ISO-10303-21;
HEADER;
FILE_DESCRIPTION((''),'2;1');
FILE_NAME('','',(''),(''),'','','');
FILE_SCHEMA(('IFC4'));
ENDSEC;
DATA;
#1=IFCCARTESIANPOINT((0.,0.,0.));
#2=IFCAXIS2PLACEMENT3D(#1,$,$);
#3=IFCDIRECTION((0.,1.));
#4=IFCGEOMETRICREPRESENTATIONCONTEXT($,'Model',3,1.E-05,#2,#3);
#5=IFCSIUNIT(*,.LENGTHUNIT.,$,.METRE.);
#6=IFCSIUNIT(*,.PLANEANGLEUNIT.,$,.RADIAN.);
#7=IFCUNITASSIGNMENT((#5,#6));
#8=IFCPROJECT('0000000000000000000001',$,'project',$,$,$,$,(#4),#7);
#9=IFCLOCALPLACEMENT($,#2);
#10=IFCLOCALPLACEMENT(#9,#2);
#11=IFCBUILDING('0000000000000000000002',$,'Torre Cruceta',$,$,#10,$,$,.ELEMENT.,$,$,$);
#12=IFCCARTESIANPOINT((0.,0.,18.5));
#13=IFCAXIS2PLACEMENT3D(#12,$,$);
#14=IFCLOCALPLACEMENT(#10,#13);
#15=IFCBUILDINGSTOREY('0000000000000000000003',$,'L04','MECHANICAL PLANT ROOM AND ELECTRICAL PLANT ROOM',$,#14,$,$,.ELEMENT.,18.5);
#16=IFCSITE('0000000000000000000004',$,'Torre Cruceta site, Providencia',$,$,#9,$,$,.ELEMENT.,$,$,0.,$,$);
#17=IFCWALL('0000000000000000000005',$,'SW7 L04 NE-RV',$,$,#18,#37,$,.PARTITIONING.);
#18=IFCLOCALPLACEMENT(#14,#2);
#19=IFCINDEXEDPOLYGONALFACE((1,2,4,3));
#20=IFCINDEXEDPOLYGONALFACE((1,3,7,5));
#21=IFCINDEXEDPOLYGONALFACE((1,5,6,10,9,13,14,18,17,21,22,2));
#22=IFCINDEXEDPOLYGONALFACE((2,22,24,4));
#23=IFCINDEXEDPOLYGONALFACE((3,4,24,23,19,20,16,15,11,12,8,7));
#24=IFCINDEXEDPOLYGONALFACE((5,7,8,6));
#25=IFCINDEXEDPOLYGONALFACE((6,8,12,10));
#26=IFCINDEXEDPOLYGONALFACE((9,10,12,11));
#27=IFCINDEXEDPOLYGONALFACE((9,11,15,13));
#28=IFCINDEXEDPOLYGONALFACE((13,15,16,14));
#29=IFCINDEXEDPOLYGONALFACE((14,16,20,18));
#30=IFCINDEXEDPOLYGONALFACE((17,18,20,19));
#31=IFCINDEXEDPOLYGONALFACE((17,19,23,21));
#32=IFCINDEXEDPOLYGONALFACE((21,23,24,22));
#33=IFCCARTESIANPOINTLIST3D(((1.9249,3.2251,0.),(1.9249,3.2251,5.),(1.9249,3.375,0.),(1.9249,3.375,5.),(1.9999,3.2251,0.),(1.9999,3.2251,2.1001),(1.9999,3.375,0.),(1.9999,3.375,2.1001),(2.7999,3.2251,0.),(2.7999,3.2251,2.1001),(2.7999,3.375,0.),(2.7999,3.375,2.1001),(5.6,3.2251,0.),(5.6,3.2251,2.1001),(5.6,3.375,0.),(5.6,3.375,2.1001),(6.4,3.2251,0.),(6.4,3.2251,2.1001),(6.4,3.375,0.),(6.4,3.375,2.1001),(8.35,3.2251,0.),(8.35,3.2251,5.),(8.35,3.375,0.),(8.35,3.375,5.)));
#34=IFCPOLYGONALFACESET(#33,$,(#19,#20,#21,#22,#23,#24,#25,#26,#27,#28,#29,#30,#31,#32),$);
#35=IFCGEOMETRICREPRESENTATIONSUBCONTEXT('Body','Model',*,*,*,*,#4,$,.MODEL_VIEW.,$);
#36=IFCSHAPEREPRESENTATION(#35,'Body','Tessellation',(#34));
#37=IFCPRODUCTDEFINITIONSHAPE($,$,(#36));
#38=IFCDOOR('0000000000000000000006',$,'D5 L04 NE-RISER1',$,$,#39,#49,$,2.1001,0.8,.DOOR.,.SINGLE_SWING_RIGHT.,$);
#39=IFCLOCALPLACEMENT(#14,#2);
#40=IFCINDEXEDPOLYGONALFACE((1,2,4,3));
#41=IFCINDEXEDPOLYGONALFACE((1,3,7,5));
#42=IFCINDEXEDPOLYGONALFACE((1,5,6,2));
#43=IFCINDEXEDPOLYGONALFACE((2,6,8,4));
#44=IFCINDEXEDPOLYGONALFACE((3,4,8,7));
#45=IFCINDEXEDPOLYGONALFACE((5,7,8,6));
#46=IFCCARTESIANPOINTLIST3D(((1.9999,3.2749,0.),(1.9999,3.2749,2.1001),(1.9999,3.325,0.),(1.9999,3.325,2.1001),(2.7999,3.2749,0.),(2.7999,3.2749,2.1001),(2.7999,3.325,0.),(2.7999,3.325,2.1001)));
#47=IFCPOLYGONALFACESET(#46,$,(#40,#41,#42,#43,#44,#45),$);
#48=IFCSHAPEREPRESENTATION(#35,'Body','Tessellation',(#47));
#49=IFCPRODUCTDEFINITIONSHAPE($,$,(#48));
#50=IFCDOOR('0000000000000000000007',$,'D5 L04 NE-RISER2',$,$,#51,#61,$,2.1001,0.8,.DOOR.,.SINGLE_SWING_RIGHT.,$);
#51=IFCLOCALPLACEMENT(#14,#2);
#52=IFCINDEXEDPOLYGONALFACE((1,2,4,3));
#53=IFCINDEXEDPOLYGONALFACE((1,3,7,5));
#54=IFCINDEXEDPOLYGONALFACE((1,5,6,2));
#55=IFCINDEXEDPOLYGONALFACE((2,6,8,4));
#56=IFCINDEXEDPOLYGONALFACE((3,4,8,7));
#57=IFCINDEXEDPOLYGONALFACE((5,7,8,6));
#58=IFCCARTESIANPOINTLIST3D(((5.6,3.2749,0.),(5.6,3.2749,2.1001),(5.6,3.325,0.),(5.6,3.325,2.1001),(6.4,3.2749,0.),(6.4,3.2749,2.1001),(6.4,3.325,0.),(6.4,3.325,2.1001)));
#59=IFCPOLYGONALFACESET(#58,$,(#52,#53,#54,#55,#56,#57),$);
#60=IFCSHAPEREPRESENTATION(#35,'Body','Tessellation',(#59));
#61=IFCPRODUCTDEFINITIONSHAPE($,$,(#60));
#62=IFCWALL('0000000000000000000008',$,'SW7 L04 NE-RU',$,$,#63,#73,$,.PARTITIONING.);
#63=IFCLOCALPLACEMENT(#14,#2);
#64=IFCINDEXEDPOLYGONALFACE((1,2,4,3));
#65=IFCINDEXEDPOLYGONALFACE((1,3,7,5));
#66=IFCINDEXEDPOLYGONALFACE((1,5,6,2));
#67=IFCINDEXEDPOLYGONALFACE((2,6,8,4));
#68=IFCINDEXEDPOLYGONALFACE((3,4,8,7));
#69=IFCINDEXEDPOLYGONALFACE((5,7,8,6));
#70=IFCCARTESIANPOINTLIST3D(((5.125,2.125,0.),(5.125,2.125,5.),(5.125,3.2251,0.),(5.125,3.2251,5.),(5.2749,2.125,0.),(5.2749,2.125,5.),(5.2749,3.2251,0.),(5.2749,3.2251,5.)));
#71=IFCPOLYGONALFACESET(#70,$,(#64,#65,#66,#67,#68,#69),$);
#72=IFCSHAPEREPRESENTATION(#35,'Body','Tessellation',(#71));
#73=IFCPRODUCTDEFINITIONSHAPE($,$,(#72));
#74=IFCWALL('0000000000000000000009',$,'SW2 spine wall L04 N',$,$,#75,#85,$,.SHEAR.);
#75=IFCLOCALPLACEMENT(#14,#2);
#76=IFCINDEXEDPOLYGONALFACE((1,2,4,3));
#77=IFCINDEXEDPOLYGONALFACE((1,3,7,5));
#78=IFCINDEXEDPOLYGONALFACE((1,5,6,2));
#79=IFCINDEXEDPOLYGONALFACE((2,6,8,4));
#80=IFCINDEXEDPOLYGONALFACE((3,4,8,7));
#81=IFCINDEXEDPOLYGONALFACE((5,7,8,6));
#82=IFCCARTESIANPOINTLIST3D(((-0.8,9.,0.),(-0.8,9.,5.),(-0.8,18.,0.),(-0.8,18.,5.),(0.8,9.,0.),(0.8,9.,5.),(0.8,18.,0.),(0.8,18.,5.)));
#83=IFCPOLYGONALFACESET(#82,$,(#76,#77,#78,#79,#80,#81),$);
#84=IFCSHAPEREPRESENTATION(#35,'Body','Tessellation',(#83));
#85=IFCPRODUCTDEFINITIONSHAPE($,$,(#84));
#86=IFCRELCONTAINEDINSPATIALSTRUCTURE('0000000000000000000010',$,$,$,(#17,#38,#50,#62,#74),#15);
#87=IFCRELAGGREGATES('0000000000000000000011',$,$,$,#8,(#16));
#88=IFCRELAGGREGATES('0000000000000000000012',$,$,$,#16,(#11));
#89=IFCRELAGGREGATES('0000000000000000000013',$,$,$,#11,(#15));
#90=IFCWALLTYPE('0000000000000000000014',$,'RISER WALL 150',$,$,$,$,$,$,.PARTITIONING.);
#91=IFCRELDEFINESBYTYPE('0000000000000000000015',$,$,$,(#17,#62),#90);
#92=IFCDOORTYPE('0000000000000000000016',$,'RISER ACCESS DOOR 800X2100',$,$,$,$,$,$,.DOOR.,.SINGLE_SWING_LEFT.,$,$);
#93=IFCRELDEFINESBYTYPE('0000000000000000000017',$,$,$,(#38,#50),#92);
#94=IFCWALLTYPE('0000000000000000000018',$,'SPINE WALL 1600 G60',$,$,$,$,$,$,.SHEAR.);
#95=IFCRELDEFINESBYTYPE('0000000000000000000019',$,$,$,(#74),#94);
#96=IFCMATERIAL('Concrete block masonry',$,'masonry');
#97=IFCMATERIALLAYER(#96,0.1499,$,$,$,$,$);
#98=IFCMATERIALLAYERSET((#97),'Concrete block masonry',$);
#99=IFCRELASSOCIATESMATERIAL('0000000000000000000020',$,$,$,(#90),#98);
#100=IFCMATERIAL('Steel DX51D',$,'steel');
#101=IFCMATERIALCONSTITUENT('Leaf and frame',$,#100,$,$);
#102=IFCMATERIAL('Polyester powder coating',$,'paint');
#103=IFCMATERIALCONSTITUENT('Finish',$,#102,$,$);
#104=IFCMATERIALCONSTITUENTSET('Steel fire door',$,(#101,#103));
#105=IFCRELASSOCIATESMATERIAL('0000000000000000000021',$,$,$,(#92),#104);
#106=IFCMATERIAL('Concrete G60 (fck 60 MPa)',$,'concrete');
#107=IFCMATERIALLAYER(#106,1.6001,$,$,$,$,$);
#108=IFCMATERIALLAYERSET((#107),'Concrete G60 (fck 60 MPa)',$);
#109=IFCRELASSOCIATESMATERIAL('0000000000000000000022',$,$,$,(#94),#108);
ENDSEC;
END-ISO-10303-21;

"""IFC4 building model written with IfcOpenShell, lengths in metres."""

from ifc_helpers import new_model, si_unit, direction, frame, frame_2d, origin, place, context, subcontext, project, spatial, rectangle, extrude, material, layer, layer_set, constituent, constituent_set, type_object, element, fill, save


model = new_model("IFC4")

# Units and contexts
model_context = context("Model", 3, precision=1e-05, world=origin(), true_north=direction((0.0, 1.0)))
body_context = subcontext(model_context, "Body", "Model", "MODEL_VIEW")
ifc_project = project(units=[si_unit("LENGTHUNIT", "METRE"), si_unit("PLANEANGLEUNIT", "RADIAN")], contexts=[model_context])

# Site, building, storey
site_placement = place(None, origin())
site = spatial("IfcSite", under=ifc_project, at=site_placement, Name="Torre Cruceta site, Providencia", CompositionType="ELEMENT", RefElevation=0.0)
building_placement = place(site_placement, origin())
building = spatial("IfcBuilding", under=site, at=building_placement, Name="Torre Cruceta", CompositionType="ELEMENT")
storey_placement = place(building_placement, frame((0.0, 0.0, 18.5)))
storey = spatial("IfcBuildingStorey", under=building, at=storey_placement, Name="L04", Description="MECHANICAL PLANT ROOM AND ELECTRICAL PLANT ROOM", CompositionType="ELEMENT", Elevation=18.5)

# Wall, openings, doors
ifc_material_1 = material(Name="Concrete block masonry", Category="masonry")
ifc_layer_1 = layer(ifc_material_1, 0.1499)
ifc_layer_set_1 = layer_set([ifc_layer_1], Name="Concrete block masonry")
wall_type_1 = type_object("IfcWallType", Name="RISER WALL 150", PredefinedType="PARTITIONING", material=ifc_layer_set_1)
wall_1_placement = place(storey_placement, frame((1.925, 3.3, 0.0), z_axis=(0.0, 0.0, 1.0), x_axis=(1.0, 0.0, 0.0)))
wall_1 = element("IfcWall", 1, at=wall_1_placement, inside=storey, type_object=wall_type_1, Name="SW7 L04 NE-RV", PredefinedType="PARTITIONING", context=body_context, shape_type="SweptSolid", body=[
    extrude(rectangle(XDim=6.425, YDim=0.1499, at=frame_2d((3.2124, 0.0))), origin(), (0.0, 0.0, 1.0), 5.0),
])
opening_1_placement = place(wall_1_placement, frame((0.075, 0.0, 0.0)))
opening_1 = element("IfcOpeningElement", 2, at=opening_1_placement, cuts=wall_1, PredefinedType="OPENING", context=body_context, shape_type="SweptSolid", body=[
    extrude(rectangle(XDim=0.8, YDim=2.1001, at=frame_2d((0.3999, 1.05))), frame((0.0, 0.085, 0.0), z_axis=(0.0, -1.0, 0.0), x_axis=(1.0, 0.0, 0.0)), (0.0, 0.0, 1.0), 0.1699),
])
opening_2_placement = place(wall_1_placement, frame((3.675, 0.0, 0.0)))
opening_2 = element("IfcOpeningElement", 3, at=opening_2_placement, cuts=wall_1, PredefinedType="OPENING", context=body_context, shape_type="SweptSolid", body=[
    extrude(rectangle(XDim=0.8, YDim=2.1001, at=frame_2d((0.3999, 1.05))), frame((0.0, 0.085, 0.0), z_axis=(0.0, -1.0, 0.0), x_axis=(1.0, 0.0, 0.0)), (0.0, 0.0, 1.0), 0.1699),
])
ifc_material_2 = material(Name="Steel DX51D", Category="steel")
ifc_constituent_1 = constituent(ifc_material_2, Name="Leaf and frame")
ifc_material_3 = material(Name="Polyester powder coating", Category="paint")
ifc_constituent_2 = constituent(ifc_material_3, Name="Finish")
ifc_constituent_set_1 = constituent_set(constituents=[ifc_constituent_1, ifc_constituent_2], Name="Steel fire door")
door_type_1 = type_object("IfcDoorType", Name="RISER ACCESS DOOR 800X2100", OperationType="SINGLE_SWING_LEFT", PredefinedType="DOOR", material=ifc_constituent_set_1)
door_1_placement = place(opening_1_placement, frame((0.8, 0.0, 0.0), z_axis=(0.0, 0.0, 1.0), x_axis=(-1.0, 0.0, 0.0)))
door_1 = element("IfcDoor", 4, at=door_1_placement, inside=storey, type_object=door_type_1, Name="D5 L04 NE-RISER1", OperationType="SINGLE_SWING_RIGHT", OverallHeight=2.1001, OverallWidth=0.8, PredefinedType="DOOR", context=body_context, shape_type="SweptSolid", body=[
    extrude(rectangle(XDim=0.8, YDim=2.1001, at=frame_2d((0.4001, 1.05))), frame((0.0, 0.0251, 0.0), z_axis=(0.0, -1.0, 0.0), x_axis=(1.0, 0.0, 0.0)), (0.0, 0.0, 1.0), 0.05),
])
fill(opening_1, door_1)
door_2_placement = place(opening_2_placement, frame((0.8, 0.0, 0.0), z_axis=(0.0, 0.0, 1.0), x_axis=(-1.0, 0.0, 0.0)))
door_2 = element("IfcDoor", 5, at=door_2_placement, inside=storey, type_object=door_type_1, Name="D5 L04 NE-RISER2", OperationType="SINGLE_SWING_RIGHT", OverallHeight=2.1001, OverallWidth=0.8, PredefinedType="DOOR", context=body_context, shape_type="SweptSolid", body=[
    extrude(rectangle(XDim=0.8, YDim=2.1001, at=frame_2d((0.4001, 1.05))), frame((0.0, 0.0251, 0.0), z_axis=(0.0, -1.0, 0.0), x_axis=(1.0, 0.0, 0.0)), (0.0, 0.0, 1.0), 0.05),
])
fill(opening_2, door_2)

# Walls
wall_2_placement = place(storey_placement, frame((5.2, 2.125, 0.0), z_axis=(0.0, 0.0, 1.0), x_axis=(0.0, 1.0, 0.0)))
element("IfcWall", 6, at=wall_2_placement, inside=storey, type_object=wall_type_1, Name="SW7 L04 NE-RU", PredefinedType="PARTITIONING", context=body_context, shape_type="SweptSolid", body=[
    extrude(rectangle(XDim=1.1001, YDim=0.1499, at=frame_2d((0.55, 0.0))), origin(), (0.0, 0.0, 1.0), 5.0),
])
ifc_material_4 = material(Name="Concrete G60 (fck 60 MPa)", Category="concrete")
ifc_layer_2 = layer(ifc_material_4, 1.6001)
ifc_layer_set_2 = layer_set([ifc_layer_2], Name="Concrete G60 (fck 60 MPa)")
wall_type_2 = type_object("IfcWallType", Name="SPINE WALL 1600 G60", PredefinedType="SHEAR", material=ifc_layer_set_2)
wall_3_placement = place(storey_placement, frame((0.0, 9.0, 0.0), z_axis=(0.0, 0.0, 1.0), x_axis=(0.0, 1.0, 0.0)))
element("IfcWall", 7, at=wall_3_placement, inside=storey, type_object=wall_type_2, Name="SW2 spine wall L04 N", PredefinedType="SHEAR", context=body_context, shape_type="SweptSolid", body=[
    extrude(rectangle(XDim=9.0, YDim=1.6001, at=frame_2d((4.5, 0.0))), origin(), (0.0, 0.0, 1.0), 5.0),
])

save(model, "model.ifc")
